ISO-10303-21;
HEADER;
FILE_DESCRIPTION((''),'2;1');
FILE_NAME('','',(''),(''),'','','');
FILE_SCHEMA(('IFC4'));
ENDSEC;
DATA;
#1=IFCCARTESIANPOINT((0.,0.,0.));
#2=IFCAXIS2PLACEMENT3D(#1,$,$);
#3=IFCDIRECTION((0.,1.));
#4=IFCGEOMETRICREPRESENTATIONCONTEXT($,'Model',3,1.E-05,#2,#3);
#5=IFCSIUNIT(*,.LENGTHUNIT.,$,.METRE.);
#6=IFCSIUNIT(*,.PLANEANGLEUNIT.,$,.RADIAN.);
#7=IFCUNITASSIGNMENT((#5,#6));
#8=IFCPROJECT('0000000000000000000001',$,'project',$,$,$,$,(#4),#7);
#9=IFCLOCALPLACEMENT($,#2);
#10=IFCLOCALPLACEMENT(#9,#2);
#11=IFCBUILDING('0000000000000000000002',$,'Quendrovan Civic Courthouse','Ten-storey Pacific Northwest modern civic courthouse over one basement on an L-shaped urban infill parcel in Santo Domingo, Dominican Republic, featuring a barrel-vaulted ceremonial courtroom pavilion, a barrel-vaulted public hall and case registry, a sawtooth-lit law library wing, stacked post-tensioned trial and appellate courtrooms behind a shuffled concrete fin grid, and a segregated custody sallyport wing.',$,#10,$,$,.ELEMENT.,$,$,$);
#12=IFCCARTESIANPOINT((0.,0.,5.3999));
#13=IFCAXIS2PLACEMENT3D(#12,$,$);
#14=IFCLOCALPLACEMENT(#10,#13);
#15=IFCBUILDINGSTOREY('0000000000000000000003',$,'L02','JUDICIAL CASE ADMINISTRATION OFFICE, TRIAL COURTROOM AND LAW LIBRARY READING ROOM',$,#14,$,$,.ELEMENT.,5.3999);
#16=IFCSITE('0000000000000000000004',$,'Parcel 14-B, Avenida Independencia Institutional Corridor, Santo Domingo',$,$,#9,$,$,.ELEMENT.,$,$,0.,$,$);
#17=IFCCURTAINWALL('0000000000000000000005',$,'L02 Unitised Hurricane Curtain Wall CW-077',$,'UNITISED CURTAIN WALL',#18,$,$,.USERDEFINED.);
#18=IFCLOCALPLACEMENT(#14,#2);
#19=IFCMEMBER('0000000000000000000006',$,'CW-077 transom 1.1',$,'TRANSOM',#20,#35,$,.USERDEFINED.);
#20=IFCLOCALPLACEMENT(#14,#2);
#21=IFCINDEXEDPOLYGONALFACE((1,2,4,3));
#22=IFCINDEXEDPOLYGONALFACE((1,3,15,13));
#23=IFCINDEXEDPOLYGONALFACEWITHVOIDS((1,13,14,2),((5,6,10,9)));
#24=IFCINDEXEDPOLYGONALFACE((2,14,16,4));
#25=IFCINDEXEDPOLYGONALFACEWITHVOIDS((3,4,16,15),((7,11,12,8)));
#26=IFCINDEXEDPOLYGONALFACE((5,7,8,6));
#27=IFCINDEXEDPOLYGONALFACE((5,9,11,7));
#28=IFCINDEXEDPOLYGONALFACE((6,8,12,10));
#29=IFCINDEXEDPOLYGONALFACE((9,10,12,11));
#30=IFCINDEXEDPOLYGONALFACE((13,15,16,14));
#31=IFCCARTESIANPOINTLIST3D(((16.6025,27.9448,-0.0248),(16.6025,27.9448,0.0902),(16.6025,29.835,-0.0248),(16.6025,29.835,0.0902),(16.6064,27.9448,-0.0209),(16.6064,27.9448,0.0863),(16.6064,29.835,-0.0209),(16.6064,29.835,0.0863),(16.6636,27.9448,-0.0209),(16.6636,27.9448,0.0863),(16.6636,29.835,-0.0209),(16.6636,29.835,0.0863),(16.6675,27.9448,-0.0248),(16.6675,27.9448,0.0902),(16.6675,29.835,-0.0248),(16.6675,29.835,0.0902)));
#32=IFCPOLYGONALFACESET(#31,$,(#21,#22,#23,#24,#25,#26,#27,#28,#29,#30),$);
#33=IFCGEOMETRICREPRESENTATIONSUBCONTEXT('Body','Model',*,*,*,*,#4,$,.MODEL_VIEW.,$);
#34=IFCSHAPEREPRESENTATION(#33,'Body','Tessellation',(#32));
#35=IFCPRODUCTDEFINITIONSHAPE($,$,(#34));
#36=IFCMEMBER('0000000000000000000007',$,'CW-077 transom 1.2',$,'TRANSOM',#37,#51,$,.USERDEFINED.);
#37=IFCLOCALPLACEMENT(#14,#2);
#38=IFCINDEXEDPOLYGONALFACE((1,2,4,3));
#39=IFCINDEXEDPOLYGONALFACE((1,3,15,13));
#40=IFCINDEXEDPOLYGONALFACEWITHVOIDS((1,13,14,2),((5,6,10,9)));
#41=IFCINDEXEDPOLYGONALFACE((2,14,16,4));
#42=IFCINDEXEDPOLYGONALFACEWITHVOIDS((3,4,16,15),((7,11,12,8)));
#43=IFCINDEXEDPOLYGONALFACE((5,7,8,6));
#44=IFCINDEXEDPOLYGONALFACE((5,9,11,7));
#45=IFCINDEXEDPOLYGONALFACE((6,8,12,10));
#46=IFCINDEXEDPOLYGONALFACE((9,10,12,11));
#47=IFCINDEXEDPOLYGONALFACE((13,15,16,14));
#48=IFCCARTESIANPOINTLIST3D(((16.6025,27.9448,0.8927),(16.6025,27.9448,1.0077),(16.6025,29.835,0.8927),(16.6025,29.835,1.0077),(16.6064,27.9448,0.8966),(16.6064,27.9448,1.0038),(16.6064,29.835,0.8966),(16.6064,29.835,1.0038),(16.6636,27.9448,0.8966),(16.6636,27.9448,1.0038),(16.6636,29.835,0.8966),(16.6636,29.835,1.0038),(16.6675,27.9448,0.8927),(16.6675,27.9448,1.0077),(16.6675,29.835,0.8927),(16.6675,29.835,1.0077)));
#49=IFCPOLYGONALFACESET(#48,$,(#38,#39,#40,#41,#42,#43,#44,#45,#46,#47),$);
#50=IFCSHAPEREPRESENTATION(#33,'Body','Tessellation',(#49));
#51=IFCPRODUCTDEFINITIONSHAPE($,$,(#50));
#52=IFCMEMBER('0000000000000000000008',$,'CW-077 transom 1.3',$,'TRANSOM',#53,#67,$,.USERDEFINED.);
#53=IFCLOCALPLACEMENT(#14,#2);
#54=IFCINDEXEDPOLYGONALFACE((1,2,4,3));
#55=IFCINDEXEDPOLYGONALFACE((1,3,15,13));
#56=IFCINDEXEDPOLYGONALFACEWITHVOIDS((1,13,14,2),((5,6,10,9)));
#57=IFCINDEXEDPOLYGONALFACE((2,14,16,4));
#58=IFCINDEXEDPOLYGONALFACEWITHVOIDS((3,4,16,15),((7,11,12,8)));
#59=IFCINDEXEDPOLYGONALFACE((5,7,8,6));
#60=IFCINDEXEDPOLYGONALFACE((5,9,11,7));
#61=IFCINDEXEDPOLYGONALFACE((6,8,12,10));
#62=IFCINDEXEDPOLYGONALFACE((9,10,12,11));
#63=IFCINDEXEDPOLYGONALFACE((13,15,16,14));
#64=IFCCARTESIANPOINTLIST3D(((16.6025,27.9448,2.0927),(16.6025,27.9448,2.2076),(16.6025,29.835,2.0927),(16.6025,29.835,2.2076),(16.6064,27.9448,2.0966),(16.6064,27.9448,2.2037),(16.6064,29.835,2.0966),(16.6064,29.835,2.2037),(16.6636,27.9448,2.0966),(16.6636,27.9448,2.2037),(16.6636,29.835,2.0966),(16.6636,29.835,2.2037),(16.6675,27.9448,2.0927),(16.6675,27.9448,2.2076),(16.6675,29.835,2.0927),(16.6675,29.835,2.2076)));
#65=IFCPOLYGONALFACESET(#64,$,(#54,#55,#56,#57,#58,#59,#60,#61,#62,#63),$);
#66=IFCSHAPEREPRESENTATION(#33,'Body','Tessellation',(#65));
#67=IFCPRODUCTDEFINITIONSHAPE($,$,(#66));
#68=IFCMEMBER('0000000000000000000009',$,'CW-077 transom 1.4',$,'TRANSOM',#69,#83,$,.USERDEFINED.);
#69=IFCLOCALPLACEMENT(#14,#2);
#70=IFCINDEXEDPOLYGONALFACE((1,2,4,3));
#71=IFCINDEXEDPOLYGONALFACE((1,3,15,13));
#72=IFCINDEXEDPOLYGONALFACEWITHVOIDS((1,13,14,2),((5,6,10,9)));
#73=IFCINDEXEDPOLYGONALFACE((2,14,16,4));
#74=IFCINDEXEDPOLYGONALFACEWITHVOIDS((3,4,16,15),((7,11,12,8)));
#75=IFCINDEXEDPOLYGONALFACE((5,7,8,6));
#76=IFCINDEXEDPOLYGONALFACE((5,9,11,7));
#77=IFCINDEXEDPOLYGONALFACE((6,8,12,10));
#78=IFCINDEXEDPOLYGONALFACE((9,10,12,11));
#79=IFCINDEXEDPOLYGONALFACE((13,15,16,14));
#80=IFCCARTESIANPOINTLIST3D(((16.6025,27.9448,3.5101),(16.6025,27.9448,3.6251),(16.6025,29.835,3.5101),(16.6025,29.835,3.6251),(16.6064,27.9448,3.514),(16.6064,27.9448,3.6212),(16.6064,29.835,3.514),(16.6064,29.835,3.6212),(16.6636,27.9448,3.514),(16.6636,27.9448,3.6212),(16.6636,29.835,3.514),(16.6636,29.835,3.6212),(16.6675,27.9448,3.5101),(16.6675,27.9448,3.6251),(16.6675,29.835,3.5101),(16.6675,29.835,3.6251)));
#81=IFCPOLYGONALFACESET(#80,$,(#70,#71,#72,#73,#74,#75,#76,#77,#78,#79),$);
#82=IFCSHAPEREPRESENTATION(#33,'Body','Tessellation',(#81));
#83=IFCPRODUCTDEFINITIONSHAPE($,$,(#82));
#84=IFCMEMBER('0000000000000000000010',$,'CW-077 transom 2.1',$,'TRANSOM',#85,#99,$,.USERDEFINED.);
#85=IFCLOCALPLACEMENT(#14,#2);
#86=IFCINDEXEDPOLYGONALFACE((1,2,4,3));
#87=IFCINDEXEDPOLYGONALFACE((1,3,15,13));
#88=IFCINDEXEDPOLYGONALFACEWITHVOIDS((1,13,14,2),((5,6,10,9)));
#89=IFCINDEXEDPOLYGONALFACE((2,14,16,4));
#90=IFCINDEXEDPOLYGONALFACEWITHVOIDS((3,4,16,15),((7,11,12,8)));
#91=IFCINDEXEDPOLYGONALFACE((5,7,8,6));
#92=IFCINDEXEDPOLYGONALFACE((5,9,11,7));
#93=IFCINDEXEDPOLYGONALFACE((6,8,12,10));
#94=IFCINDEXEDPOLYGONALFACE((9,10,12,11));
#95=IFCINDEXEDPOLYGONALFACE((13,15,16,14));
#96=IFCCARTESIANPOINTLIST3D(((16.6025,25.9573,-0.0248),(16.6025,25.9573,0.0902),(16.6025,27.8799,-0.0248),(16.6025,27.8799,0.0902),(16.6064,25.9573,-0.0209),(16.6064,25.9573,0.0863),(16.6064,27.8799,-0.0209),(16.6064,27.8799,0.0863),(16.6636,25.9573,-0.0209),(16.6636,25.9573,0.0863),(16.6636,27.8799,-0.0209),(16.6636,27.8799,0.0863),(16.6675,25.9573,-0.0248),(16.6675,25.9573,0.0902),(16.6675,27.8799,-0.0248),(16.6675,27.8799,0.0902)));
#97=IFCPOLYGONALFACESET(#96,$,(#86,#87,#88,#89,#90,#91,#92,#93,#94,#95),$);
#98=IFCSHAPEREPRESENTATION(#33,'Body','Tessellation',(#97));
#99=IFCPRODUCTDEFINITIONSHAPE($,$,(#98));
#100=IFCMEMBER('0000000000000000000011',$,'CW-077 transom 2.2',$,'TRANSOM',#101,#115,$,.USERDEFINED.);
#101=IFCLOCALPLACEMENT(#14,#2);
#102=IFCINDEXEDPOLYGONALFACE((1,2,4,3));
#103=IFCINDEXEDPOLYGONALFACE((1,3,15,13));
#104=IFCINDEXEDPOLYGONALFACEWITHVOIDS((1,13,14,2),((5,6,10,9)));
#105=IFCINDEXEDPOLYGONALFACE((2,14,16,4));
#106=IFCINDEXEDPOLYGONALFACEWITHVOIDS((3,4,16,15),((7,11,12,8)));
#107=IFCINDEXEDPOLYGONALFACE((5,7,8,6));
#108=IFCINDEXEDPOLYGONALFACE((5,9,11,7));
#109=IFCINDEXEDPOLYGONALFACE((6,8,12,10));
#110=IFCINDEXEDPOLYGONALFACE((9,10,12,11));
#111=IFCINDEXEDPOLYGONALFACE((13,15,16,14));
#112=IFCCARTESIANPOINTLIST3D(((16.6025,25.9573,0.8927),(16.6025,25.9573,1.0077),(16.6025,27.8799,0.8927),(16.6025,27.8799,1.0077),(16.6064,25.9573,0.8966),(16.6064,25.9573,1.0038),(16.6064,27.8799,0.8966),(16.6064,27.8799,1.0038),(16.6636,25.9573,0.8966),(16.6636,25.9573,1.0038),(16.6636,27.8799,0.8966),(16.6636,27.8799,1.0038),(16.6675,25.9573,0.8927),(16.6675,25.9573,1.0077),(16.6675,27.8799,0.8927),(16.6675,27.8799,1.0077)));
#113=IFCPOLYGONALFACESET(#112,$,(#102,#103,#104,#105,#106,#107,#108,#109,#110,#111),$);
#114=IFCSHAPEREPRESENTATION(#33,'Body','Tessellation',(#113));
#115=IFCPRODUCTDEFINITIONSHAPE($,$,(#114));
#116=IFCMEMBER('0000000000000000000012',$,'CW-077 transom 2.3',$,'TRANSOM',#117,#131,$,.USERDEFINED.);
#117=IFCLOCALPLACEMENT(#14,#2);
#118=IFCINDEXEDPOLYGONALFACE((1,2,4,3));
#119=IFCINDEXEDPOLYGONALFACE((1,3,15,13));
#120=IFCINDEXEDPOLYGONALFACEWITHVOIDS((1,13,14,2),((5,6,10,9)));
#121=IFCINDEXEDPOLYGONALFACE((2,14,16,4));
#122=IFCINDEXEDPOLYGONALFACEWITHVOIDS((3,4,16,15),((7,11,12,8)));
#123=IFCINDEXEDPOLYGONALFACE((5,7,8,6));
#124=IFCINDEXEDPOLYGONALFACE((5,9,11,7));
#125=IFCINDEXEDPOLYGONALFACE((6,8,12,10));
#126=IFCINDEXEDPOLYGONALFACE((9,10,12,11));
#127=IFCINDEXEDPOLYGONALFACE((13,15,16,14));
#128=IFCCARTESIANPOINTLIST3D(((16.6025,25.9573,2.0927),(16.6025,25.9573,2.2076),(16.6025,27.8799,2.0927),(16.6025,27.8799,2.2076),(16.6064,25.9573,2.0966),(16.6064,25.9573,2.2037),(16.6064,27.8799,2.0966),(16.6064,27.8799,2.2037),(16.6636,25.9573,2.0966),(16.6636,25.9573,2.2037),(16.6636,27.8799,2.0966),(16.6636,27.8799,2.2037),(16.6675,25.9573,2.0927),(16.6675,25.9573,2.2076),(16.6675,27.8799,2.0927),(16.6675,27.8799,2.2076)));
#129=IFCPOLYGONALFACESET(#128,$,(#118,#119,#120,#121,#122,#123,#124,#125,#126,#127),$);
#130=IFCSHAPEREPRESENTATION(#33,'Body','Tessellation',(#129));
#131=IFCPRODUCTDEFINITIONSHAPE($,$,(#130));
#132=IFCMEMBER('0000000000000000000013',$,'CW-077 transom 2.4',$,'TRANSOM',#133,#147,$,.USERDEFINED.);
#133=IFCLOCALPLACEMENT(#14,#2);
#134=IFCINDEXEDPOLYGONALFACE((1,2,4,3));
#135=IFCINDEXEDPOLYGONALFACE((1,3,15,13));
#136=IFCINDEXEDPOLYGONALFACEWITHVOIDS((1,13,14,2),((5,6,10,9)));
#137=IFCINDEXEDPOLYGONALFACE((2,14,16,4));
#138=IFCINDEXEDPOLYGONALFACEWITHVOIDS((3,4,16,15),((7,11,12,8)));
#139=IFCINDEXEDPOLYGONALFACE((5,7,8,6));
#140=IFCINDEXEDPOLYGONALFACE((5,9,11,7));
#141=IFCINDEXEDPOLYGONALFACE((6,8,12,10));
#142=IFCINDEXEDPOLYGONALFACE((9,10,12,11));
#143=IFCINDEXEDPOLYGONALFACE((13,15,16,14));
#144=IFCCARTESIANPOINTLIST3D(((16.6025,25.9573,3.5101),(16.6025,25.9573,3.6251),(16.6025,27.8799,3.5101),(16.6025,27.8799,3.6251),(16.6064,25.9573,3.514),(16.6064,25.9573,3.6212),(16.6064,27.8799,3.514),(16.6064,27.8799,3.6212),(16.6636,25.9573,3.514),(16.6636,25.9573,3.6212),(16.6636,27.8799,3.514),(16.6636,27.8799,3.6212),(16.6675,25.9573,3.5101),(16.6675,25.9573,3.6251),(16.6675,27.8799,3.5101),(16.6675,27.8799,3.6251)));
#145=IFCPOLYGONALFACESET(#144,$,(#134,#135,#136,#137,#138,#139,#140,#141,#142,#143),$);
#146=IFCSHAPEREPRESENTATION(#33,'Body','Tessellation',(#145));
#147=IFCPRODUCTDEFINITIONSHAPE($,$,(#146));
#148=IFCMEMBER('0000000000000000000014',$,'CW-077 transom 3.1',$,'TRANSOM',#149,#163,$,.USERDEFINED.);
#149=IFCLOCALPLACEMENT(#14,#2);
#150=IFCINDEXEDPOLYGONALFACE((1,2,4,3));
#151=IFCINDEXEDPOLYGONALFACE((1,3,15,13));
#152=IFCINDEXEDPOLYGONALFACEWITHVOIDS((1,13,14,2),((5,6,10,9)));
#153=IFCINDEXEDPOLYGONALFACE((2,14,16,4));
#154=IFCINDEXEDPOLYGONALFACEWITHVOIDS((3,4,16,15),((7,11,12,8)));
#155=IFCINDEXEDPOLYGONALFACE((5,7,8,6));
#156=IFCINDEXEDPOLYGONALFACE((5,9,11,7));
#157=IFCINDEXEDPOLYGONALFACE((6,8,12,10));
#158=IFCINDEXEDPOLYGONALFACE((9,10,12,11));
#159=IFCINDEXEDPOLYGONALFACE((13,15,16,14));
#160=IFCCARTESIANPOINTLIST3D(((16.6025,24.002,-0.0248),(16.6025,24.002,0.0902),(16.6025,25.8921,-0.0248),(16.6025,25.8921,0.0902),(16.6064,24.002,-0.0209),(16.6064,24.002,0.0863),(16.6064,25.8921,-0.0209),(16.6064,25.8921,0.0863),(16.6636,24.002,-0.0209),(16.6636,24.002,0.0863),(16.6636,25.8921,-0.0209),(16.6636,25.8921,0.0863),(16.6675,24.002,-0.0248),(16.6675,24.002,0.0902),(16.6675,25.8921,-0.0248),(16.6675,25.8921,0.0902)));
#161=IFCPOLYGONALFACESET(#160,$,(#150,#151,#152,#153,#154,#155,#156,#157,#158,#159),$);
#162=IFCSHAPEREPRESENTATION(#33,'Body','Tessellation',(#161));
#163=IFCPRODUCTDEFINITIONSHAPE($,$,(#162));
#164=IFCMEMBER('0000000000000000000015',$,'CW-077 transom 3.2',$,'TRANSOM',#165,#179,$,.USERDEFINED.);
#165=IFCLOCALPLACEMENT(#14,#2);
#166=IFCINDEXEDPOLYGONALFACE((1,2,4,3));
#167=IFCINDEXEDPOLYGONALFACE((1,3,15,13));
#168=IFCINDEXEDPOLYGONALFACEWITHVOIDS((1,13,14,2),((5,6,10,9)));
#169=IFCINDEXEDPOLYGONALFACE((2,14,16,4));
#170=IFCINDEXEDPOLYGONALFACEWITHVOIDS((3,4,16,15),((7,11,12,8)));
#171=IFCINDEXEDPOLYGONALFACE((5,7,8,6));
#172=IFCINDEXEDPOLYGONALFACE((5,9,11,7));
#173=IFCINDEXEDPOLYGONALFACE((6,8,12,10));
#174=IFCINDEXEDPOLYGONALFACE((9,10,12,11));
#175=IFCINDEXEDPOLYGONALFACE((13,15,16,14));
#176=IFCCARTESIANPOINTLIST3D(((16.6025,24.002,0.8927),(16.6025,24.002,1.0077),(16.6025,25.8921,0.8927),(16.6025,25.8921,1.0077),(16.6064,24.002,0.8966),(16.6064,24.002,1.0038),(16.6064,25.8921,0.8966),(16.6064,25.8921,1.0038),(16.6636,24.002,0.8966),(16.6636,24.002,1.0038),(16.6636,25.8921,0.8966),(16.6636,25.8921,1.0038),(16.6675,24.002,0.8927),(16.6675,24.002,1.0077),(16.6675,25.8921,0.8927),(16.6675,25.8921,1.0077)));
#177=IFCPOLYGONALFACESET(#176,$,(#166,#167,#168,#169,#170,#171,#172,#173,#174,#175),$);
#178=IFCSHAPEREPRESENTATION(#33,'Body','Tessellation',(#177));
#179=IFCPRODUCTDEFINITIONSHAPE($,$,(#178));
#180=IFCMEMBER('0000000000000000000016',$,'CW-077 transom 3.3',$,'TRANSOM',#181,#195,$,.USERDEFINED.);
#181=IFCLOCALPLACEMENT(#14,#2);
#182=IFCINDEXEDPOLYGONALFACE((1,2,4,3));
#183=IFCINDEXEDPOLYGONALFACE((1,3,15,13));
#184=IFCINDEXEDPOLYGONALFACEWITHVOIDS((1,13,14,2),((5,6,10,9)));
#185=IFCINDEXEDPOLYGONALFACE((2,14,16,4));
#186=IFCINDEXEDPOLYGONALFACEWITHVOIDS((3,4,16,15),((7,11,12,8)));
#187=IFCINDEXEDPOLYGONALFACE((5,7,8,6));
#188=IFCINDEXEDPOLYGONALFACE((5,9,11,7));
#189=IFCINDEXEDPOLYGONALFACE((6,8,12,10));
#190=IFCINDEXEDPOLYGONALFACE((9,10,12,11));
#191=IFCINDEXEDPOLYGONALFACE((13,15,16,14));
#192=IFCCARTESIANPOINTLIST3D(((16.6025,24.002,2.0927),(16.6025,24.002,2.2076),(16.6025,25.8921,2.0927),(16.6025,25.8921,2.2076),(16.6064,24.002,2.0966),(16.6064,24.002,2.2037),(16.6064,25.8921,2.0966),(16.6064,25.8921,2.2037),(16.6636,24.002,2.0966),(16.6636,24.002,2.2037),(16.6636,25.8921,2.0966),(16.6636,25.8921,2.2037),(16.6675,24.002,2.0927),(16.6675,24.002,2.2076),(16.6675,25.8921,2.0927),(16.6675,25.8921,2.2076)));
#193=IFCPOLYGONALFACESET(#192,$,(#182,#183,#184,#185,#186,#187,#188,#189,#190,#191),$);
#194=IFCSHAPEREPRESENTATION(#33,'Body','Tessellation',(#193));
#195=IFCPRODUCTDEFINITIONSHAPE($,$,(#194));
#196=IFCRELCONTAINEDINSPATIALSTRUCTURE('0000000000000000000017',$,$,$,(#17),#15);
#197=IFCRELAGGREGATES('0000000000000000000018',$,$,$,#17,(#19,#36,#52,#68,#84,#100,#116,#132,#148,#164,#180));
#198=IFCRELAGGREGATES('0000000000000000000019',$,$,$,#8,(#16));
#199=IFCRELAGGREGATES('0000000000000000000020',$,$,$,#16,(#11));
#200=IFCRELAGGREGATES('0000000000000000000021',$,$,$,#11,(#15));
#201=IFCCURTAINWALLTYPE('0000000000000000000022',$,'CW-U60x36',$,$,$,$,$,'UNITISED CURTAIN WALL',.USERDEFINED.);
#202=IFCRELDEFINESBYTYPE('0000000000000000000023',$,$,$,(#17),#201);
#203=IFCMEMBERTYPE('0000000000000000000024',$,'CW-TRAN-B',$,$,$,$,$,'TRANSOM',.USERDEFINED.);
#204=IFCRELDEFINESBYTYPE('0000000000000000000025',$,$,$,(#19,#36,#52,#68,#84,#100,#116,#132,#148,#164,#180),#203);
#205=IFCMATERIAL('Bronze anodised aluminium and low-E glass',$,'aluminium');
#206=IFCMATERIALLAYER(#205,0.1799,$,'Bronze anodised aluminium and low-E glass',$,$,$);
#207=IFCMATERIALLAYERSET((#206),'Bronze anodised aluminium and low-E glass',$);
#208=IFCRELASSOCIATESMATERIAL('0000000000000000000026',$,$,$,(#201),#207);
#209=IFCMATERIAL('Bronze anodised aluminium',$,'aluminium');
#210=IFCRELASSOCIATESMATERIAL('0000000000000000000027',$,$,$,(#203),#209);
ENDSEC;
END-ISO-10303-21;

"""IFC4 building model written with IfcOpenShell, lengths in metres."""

from ifc_helpers import new_model, si_unit, direction, frame, origin, origin_2d, place, context, subcontext, project, spatial, hollow_rectangle, extrude, material, layer, layer_set, material_profile, profile_set, type_object, element, aggregate, save


model = new_model("IFC4")

# Units and contexts
model_context = context("Model", 3, precision=1e-05, world=origin(), true_north=direction((0.0, 1.0)))
body_context = subcontext(model_context, "Body", "Model", "MODEL_VIEW")
ifc_project = project(units=[si_unit("LENGTHUNIT", "METRE"), si_unit("PLANEANGLEUNIT", "RADIAN")], contexts=[model_context])

# Site, building, storey
site_placement = place(None, origin())
site = spatial("IfcSite", under=ifc_project, at=site_placement, Name="Parcel 14-B, Avenida Independencia Institutional Corridor, Santo Domingo", CompositionType="ELEMENT", RefElevation=0.0)
building_placement = place(site_placement, origin())
building = spatial("IfcBuilding", under=site, at=building_placement, Name="Quendrovan Civic Courthouse", Description="Ten-storey Pacific Northwest modern civic courthouse over one basement on an L-shaped urban infill parcel in Santo Domingo, Dominican Republic, featuring a barrel-vaulted ceremonial courtroom pavilion, a barrel-vaulted public hall and case registry, a sawtooth-lit law library wing, stacked post-tensioned trial and appellate courtrooms behind a shuffled concrete fin grid, and a segregated custody sallyport wing.", CompositionType="ELEMENT")
storey_placement = place(building_placement, frame((0.0, 0.0, 5.3999)))
storey = spatial("IfcBuildingStorey", under=building, at=storey_placement, Name="L02", Description="JUDICIAL CASE ADMINISTRATION OFFICE, TRIAL COURTROOM AND LAW LIBRARY READING ROOM", CompositionType="ELEMENT", Elevation=5.3999)

# Shared definitions
ifc_material_1 = material(Name="Bronze anodised aluminium and low-E glass", Category="aluminium")
ifc_layer_1 = layer(ifc_material_1, 0.1799, Name="Bronze anodised aluminium and low-E glass")
ifc_layer_set_1 = layer_set([ifc_layer_1], Name="Bronze anodised aluminium and low-E glass")
curtain_wall_type = type_object("IfcCurtainWallType", Name="CW-U60x36", ElementType="UNITISED CURTAIN WALL", PredefinedType="USERDEFINED", material=ifc_layer_set_1)
ifc_material_2 = material(Name="Bronze anodised aluminium", Category="aluminium")

# Curtain wall, members
curtain_wall_1_placement = place(storey_placement, origin())
curtain_wall_1 = element("IfcCurtainWall", 1, at=curtain_wall_1_placement, inside=storey, type_object=curtain_wall_type, Name="L02 Unitised Hurricane Curtain Wall CW-077", ObjectType="UNITISED CURTAIN WALL", PredefinedType="USERDEFINED")
ifc_material_profile_1 = material_profile(ifc_material_2, hollow_rectangle(XDim=0.0649, YDim=0.115, WallThickness=0.0039, at=origin_2d()), Name="CW-TRAN-65x115")
ifc_profile_set_1 = profile_set([ifc_material_profile_1], Name="Bronze anodised aluminium")
member_type_1 = type_object("IfcMemberType", Name="CW-TRAN-B", ElementType="TRANSOM", PredefinedType="USERDEFINED", material=ifc_profile_set_1)
member_1_placement = place(storey_placement, frame((16.635, 29.835, 0.0327), z_axis=(0.0, -1.0, 0.0), x_axis=(1.0, 0.0, 0.0)))
member_1 = element("IfcMember", 2, at=member_1_placement, type_object=member_type_1, Name="CW-077 transom 1.1", ObjectType="TRANSOM", PredefinedType="USERDEFINED", context=body_context, shape_type="SweptSolid", body=[
    extrude(hollow_rectangle(XDim=0.0649, YDim=0.115, WallThickness=0.0039, at=origin_2d()), origin(), (0.0, 0.0, 1.0), 1.8901),
])
member_2_placement = place(storey_placement, frame((16.635, 29.835, 0.9502), z_axis=(0.0, -1.0, 0.0), x_axis=(1.0, 0.0, 0.0)))
member_2 = element("IfcMember", 3, at=member_2_placement, type_object=member_type_1, Name="CW-077 transom 1.2", ObjectType="TRANSOM", PredefinedType="USERDEFINED", context=body_context, shape_type="SweptSolid", body=[
    extrude(hollow_rectangle(XDim=0.0649, YDim=0.115, WallThickness=0.0039, at=origin_2d()), origin(), (0.0, 0.0, 1.0), 1.8901),
])
member_3_placement = place(storey_placement, frame((16.635, 29.835, 2.1501), z_axis=(0.0, -1.0, 0.0), x_axis=(1.0, 0.0, 0.0)))
member_3 = element("IfcMember", 4, at=member_3_placement, type_object=member_type_1, Name="CW-077 transom 1.3", ObjectType="TRANSOM", PredefinedType="USERDEFINED", context=body_context, shape_type="SweptSolid", body=[
    extrude(hollow_rectangle(XDim=0.0649, YDim=0.115, WallThickness=0.0039, at=origin_2d()), origin(), (0.0, 0.0, 1.0), 1.8901),
])
member_4_placement = place(storey_placement, frame((16.635, 29.835, 3.5676), z_axis=(0.0, -1.0, 0.0), x_axis=(1.0, 0.0, 0.0)))
member_4 = element("IfcMember", 5, at=member_4_placement, type_object=member_type_1, Name="CW-077 transom 1.4", ObjectType="TRANSOM", PredefinedType="USERDEFINED", context=body_context, shape_type="SweptSolid", body=[
    extrude(hollow_rectangle(XDim=0.0649, YDim=0.115, WallThickness=0.0039, at=origin_2d()), origin(), (0.0, 0.0, 1.0), 1.8901),
])
member_5_placement = place(storey_placement, frame((16.635, 27.8799, 0.0327), z_axis=(0.0, -1.0, 0.0), x_axis=(1.0, 0.0, 0.0)))
member_5 = element("IfcMember", 6, at=member_5_placement, type_object=member_type_1, Name="CW-077 transom 2.1", ObjectType="TRANSOM", PredefinedType="USERDEFINED", context=body_context, shape_type="SweptSolid", body=[
    extrude(hollow_rectangle(XDim=0.0649, YDim=0.115, WallThickness=0.0039, at=origin_2d()), origin(), (0.0, 0.0, 1.0), 1.9226),
])
member_6_placement = place(storey_placement, frame((16.635, 27.8799, 0.9502), z_axis=(0.0, -1.0, 0.0), x_axis=(1.0, 0.0, 0.0)))
member_6 = element("IfcMember", 7, at=member_6_placement, type_object=member_type_1, Name="CW-077 transom 2.2", ObjectType="TRANSOM", PredefinedType="USERDEFINED", context=body_context, shape_type="SweptSolid", body=[
    extrude(hollow_rectangle(XDim=0.0649, YDim=0.115, WallThickness=0.0039, at=origin_2d()), origin(), (0.0, 0.0, 1.0), 1.9226),
])
member_7_placement = place(storey_placement, frame((16.635, 27.8799, 2.1501), z_axis=(0.0, -1.0, 0.0), x_axis=(1.0, 0.0, 0.0)))
member_7 = element("IfcMember", 8, at=member_7_placement, type_object=member_type_1, Name="CW-077 transom 2.3", ObjectType="TRANSOM", PredefinedType="USERDEFINED", context=body_context, shape_type="SweptSolid", body=[
    extrude(hollow_rectangle(XDim=0.0649, YDim=0.115, WallThickness=0.0039, at=origin_2d()), origin(), (0.0, 0.0, 1.0), 1.9226),
])
member_8_placement = place(storey_placement, frame((16.635, 27.8799, 3.5676), z_axis=(0.0, -1.0, 0.0), x_axis=(1.0, 0.0, 0.0)))
member_8 = element("IfcMember", 9, at=member_8_placement, type_object=member_type_1, Name="CW-077 transom 2.4", ObjectType="TRANSOM", PredefinedType="USERDEFINED", context=body_context, shape_type="SweptSolid", body=[
    extrude(hollow_rectangle(XDim=0.0649, YDim=0.115, WallThickness=0.0039, at=origin_2d()), origin(), (0.0, 0.0, 1.0), 1.9226),
])
member_9_placement = place(storey_placement, frame((16.635, 25.8921, 0.0327), z_axis=(0.0, -1.0, 0.0), x_axis=(1.0, 0.0, 0.0)))
member_9 = element("IfcMember", 10, at=member_9_placement, type_object=member_type_1, Name="CW-077 transom 3.1", ObjectType="TRANSOM", PredefinedType="USERDEFINED", context=body_context, shape_type="SweptSolid", body=[
    extrude(hollow_rectangle(XDim=0.0649, YDim=0.115, WallThickness=0.0039, at=origin_2d()), origin(), (0.0, 0.0, 1.0), 1.8901),
])
member_10_placement = place(storey_placement, frame((16.635, 25.8921, 0.9502), z_axis=(0.0, -1.0, 0.0), x_axis=(1.0, 0.0, 0.0)))
member_10 = element("IfcMember", 11, at=member_10_placement, type_object=member_type_1, Name="CW-077 transom 3.2", ObjectType="TRANSOM", PredefinedType="USERDEFINED", context=body_context, shape_type="SweptSolid", body=[
    extrude(hollow_rectangle(XDim=0.0649, YDim=0.115, WallThickness=0.0039, at=origin_2d()), origin(), (0.0, 0.0, 1.0), 1.8901),
])
member_11_placement = place(storey_placement, frame((16.635, 25.8921, 2.1501), z_axis=(0.0, -1.0, 0.0), x_axis=(1.0, 0.0, 0.0)))
member_11 = element("IfcMember", 12, at=member_11_placement, type_object=member_type_1, Name="CW-077 transom 3.3", ObjectType="TRANSOM", PredefinedType="USERDEFINED", context=body_context, shape_type="SweptSolid", body=[
    extrude(hollow_rectangle(XDim=0.0649, YDim=0.115, WallThickness=0.0039, at=origin_2d()), origin(), (0.0, 0.0, 1.0), 1.8901),
])
aggregate(curtain_wall_1, [member_1, member_2, member_3, member_4, member_5, member_6, member_7, member_8, member_9, member_10, member_11])

save(model, "model.ifc")
